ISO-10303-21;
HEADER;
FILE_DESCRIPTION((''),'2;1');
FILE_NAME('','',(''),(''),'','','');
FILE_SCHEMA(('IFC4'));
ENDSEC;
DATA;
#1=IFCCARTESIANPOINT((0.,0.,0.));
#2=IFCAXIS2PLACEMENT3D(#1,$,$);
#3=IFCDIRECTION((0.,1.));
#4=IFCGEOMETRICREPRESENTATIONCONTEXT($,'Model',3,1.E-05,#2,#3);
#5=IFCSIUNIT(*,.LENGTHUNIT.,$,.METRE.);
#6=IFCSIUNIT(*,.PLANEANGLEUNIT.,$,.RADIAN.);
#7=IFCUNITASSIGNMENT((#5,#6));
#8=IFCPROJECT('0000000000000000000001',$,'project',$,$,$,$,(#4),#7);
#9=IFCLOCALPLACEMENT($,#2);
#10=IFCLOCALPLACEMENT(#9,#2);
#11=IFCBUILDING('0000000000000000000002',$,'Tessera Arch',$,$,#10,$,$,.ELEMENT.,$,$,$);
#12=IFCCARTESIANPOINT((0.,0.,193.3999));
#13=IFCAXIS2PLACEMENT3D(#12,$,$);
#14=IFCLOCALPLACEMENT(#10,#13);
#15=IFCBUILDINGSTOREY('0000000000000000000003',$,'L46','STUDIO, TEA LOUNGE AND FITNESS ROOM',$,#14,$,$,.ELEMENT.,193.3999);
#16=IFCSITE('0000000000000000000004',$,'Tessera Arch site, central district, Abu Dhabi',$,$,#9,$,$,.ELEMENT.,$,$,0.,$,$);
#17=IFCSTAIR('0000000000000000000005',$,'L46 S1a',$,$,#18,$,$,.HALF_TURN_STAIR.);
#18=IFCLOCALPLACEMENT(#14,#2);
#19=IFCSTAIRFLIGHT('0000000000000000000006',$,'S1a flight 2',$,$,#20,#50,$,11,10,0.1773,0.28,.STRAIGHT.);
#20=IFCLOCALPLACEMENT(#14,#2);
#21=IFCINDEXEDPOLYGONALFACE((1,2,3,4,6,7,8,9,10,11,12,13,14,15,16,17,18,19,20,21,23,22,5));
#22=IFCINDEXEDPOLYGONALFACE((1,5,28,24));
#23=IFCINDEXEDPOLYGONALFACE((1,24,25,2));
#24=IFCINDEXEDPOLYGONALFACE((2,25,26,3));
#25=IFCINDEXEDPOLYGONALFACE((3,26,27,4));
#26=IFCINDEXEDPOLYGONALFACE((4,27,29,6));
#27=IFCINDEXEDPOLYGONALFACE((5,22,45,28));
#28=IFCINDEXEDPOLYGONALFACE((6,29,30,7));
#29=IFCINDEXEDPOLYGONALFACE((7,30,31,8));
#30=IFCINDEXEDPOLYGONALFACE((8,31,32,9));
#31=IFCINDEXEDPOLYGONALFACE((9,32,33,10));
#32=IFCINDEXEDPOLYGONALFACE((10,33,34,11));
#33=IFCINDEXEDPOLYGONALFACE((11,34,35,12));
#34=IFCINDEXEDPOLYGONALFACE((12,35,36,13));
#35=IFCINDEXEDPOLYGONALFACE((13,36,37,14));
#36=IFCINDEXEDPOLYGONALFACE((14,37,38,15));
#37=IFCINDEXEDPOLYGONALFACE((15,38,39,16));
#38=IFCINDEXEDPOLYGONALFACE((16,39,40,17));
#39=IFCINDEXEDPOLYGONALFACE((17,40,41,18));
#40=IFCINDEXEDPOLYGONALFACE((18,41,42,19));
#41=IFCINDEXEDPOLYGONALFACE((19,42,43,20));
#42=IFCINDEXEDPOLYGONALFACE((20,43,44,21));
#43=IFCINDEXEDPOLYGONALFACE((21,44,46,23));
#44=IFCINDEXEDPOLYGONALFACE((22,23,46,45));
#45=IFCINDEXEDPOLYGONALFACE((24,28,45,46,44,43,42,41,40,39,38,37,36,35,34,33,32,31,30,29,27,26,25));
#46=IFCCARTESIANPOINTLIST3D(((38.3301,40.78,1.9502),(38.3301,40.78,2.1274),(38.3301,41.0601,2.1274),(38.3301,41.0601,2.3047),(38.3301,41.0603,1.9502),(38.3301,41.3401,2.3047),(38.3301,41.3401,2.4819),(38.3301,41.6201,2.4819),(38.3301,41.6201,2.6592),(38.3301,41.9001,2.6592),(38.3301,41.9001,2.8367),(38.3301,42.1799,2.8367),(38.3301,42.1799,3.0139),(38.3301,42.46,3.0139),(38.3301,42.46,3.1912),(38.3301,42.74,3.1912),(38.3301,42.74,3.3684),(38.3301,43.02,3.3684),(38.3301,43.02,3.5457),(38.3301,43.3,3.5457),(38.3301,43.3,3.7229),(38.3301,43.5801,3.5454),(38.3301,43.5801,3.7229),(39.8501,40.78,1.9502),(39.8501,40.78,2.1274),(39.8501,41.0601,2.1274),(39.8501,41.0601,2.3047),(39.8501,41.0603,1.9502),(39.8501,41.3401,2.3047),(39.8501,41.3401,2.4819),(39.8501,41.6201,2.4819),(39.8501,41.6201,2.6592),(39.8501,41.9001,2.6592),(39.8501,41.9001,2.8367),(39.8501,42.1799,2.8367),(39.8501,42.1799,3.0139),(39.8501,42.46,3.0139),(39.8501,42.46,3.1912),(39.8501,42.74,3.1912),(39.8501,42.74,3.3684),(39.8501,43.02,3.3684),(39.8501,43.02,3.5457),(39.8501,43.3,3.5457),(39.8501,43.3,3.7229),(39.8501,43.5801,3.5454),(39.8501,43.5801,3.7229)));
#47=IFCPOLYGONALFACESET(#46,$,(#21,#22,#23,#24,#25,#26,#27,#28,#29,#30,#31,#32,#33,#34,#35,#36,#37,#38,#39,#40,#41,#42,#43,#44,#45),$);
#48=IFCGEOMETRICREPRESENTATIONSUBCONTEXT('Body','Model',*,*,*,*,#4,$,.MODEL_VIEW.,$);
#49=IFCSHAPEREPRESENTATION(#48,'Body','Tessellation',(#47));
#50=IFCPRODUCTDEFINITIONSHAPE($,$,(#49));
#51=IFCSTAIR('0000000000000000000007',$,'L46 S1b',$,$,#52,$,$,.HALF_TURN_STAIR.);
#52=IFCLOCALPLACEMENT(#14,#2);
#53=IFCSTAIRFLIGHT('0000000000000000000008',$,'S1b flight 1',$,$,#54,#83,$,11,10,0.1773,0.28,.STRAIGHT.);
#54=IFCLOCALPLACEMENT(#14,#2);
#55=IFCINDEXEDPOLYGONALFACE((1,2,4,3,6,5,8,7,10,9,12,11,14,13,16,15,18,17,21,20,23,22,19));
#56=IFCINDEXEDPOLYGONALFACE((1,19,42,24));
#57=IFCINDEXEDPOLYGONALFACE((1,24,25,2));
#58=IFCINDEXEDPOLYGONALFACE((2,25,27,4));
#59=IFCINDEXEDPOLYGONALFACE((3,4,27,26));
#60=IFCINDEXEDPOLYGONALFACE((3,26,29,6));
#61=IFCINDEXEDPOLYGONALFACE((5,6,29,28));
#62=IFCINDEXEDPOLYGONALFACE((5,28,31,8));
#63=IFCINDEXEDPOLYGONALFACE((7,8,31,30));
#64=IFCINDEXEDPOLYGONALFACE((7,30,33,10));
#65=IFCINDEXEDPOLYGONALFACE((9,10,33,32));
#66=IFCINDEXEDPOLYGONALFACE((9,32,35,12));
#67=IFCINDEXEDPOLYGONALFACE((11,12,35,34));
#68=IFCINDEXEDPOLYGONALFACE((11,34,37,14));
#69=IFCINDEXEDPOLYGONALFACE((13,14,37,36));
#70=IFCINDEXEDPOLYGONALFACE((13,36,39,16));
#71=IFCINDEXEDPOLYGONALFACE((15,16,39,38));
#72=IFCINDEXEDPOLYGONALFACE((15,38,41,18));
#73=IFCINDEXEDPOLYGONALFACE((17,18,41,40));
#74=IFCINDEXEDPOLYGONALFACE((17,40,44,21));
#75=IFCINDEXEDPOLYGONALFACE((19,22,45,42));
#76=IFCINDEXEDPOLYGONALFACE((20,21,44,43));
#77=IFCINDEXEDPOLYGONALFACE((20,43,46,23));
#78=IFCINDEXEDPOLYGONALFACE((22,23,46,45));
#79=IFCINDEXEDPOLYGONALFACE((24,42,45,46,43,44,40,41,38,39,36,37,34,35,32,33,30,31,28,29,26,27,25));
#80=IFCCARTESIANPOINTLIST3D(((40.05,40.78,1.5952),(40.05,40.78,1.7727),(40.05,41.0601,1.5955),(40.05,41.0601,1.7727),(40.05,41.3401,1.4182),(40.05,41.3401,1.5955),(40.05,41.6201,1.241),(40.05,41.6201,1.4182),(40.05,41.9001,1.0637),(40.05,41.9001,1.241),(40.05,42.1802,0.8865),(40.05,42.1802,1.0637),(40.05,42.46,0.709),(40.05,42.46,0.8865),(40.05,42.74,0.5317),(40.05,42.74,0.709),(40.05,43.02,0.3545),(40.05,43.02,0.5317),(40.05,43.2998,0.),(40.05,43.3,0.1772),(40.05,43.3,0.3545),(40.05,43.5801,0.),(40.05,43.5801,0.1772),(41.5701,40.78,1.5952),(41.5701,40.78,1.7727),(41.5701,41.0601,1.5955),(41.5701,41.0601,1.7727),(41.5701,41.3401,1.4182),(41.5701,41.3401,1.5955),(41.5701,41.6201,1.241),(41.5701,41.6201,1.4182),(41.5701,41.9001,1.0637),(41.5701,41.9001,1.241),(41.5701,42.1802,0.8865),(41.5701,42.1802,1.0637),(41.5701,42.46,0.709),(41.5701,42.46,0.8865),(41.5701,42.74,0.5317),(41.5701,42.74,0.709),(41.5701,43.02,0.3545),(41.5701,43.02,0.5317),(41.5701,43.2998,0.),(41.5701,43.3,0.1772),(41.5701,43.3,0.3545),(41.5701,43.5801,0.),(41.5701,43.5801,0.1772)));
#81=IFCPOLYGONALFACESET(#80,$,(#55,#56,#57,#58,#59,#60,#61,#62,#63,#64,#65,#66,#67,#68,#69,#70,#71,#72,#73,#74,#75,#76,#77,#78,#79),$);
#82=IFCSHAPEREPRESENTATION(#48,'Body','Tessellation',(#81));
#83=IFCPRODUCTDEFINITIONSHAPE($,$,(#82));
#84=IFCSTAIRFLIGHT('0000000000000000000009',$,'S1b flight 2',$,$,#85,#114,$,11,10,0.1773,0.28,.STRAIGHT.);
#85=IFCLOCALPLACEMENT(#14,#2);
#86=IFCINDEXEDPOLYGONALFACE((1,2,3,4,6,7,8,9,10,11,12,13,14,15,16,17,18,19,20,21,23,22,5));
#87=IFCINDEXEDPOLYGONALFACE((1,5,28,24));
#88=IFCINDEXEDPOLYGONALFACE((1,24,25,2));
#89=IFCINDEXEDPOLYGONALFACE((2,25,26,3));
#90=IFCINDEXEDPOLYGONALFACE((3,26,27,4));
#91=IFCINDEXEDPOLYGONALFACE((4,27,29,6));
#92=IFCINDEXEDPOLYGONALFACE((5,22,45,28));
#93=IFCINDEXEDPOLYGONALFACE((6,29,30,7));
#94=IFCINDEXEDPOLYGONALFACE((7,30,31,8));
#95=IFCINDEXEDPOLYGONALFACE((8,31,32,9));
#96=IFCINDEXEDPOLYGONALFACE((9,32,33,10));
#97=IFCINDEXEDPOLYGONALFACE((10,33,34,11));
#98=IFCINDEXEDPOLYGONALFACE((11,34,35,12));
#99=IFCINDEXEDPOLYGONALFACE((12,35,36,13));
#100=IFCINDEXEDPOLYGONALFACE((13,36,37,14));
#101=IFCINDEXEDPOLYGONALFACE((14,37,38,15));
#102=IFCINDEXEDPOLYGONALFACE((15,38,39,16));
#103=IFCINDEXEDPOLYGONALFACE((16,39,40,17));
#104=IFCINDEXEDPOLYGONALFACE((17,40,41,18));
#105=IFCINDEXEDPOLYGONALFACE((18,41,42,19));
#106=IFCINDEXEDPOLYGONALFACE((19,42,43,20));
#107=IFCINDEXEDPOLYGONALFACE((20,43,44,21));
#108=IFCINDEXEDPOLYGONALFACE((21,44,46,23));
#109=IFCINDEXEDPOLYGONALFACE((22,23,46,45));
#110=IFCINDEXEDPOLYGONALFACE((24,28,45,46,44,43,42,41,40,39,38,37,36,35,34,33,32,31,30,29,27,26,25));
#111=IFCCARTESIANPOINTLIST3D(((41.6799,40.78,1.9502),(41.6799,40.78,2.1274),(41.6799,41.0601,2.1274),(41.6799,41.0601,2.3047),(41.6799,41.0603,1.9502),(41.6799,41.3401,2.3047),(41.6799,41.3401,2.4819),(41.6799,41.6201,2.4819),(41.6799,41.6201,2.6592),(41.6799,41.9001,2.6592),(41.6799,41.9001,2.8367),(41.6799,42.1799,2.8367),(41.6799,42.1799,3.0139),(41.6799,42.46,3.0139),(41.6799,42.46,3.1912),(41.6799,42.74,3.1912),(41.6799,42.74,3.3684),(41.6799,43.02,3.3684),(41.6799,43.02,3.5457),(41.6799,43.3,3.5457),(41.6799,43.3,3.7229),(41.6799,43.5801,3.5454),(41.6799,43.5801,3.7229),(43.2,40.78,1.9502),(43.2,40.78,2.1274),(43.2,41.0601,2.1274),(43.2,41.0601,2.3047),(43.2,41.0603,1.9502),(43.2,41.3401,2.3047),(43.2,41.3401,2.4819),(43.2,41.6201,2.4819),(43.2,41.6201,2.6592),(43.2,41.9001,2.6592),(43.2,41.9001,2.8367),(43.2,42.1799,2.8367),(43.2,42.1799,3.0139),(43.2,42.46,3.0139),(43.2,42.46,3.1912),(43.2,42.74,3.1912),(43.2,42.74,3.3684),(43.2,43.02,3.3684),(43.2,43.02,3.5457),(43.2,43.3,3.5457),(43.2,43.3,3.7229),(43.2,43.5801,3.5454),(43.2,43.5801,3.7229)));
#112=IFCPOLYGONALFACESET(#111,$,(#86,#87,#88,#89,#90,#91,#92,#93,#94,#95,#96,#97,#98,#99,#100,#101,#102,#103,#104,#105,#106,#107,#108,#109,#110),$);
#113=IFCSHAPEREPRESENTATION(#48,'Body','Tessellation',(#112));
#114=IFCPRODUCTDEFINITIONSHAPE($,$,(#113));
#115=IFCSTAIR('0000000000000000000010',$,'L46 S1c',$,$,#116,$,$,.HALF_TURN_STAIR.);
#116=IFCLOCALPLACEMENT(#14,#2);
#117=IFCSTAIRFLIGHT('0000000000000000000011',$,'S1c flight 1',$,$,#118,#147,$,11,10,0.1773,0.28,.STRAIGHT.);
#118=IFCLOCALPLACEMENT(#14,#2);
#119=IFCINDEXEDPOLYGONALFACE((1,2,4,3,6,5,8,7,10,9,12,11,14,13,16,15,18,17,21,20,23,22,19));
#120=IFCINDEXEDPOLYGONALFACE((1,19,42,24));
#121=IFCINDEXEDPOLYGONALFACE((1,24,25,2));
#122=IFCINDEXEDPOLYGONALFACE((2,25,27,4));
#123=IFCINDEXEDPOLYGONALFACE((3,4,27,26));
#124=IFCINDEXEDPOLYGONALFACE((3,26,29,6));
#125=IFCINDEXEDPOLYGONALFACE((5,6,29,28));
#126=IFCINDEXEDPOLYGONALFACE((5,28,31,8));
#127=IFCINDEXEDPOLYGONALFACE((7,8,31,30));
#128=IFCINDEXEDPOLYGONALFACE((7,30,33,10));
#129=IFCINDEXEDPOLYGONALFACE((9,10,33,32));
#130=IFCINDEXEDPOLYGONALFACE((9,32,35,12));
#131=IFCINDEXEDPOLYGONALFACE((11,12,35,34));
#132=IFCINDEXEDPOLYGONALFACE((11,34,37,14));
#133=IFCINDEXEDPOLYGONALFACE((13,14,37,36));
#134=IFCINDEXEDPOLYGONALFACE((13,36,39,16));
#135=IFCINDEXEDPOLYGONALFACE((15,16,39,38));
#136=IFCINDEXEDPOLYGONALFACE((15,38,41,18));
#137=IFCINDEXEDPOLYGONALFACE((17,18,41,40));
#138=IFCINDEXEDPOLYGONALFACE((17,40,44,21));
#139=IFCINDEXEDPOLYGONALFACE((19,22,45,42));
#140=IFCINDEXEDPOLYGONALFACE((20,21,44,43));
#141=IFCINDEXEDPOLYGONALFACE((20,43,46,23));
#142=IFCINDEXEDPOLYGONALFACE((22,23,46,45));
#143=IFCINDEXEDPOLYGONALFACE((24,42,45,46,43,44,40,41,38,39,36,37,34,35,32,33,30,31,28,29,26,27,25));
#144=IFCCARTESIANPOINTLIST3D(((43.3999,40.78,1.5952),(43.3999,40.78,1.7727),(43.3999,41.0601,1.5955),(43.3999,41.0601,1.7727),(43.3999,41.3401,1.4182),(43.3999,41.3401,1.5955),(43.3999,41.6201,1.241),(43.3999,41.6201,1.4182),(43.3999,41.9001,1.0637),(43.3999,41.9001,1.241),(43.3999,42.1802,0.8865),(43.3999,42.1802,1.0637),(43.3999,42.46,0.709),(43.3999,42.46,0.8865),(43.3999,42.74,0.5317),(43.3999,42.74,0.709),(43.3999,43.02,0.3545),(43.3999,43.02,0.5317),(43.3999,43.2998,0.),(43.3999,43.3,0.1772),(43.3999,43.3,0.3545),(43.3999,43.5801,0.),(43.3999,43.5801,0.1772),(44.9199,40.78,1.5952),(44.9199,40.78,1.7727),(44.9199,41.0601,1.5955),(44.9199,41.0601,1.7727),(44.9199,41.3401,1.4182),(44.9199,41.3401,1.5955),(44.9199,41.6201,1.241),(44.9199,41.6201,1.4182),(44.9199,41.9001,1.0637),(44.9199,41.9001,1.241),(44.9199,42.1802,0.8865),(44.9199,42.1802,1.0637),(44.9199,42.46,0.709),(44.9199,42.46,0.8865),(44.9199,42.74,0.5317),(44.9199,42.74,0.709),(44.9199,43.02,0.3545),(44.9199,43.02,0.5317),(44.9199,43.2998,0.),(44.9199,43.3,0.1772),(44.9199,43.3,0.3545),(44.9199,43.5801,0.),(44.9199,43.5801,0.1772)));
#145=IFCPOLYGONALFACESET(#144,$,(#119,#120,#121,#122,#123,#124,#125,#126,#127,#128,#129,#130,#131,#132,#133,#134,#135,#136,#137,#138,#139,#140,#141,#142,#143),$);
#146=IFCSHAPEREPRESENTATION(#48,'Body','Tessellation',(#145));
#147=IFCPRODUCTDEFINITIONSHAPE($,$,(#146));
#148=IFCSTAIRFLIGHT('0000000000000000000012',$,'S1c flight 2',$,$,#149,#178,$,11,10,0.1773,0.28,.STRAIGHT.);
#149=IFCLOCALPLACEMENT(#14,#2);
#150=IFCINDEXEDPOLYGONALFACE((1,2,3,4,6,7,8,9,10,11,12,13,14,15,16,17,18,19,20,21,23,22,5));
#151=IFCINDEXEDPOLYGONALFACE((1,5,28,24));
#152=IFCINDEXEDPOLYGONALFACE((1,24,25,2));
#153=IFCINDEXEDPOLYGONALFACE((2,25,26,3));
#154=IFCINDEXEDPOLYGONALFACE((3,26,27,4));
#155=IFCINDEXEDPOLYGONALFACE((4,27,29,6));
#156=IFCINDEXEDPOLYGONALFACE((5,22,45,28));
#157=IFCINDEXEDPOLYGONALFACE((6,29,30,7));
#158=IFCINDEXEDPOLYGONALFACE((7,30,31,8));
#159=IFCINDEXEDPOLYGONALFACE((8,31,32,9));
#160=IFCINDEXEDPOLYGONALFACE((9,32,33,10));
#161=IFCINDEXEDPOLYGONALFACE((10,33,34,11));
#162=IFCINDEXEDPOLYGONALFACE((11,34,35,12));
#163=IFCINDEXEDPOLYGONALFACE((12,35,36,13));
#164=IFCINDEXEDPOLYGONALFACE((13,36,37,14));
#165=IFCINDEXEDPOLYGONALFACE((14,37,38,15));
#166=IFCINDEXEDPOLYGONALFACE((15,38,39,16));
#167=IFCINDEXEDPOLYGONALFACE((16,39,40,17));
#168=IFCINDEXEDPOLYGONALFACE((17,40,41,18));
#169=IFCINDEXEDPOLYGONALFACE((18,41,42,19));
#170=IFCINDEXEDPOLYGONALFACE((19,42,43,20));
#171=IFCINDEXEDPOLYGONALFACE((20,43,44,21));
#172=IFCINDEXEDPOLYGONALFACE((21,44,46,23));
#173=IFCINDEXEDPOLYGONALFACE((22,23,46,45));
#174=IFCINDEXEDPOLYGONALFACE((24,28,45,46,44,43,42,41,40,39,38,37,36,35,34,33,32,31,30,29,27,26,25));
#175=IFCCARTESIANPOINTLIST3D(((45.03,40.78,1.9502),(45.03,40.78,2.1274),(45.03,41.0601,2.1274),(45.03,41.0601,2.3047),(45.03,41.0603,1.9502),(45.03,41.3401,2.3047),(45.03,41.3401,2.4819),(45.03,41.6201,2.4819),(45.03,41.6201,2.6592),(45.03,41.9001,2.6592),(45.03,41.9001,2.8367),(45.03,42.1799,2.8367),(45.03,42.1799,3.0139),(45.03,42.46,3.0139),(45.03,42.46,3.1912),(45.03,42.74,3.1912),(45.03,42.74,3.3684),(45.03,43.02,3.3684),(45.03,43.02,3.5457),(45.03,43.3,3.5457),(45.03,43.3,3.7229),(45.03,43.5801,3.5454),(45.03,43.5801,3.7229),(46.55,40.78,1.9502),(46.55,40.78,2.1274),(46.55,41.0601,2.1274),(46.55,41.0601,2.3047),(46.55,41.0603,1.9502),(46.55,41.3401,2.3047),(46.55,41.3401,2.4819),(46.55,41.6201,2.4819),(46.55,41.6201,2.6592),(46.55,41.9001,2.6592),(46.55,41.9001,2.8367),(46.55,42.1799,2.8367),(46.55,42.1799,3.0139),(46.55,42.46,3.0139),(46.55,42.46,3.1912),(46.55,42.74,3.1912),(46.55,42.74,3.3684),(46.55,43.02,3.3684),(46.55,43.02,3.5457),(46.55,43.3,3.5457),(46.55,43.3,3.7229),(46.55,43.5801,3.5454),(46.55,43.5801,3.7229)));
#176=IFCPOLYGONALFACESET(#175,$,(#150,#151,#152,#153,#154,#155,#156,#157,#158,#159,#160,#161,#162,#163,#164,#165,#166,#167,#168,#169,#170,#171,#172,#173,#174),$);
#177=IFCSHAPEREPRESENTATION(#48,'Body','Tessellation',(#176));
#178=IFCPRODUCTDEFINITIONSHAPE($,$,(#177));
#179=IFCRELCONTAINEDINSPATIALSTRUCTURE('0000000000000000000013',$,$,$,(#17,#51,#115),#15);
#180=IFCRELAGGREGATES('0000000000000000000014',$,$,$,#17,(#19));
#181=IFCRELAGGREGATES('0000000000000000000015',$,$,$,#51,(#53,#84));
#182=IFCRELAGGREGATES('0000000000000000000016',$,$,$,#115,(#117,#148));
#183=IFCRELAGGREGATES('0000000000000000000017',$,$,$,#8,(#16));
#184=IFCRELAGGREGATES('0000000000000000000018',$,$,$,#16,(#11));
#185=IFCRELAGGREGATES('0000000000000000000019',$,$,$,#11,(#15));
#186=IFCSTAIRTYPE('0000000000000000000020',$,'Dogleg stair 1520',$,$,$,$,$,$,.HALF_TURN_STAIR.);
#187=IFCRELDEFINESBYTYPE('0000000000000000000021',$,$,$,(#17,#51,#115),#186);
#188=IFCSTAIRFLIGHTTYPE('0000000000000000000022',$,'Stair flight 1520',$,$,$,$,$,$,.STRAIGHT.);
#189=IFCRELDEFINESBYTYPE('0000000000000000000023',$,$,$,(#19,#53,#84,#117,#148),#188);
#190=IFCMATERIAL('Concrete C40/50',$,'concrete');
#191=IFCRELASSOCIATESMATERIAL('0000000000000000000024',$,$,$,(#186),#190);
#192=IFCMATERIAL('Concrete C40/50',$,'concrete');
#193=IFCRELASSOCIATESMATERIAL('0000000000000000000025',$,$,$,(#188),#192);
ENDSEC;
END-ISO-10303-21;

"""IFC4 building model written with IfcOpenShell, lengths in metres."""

from ifc_helpers import new_model, si_unit, direction, frame, origin, place, context, subcontext, project, spatial, polyline, outline, extrude, material, type_object, element, aggregate, save


model = new_model("IFC4")

# Units and contexts
model_context = context("Model", 3, precision=1e-05, world=origin(), true_north=direction((0.0, 1.0)))
body_context = subcontext(model_context, "Body", "Model", "MODEL_VIEW")
ifc_project = project(units=[si_unit("LENGTHUNIT", "METRE"), si_unit("PLANEANGLEUNIT", "RADIAN")], contexts=[model_context])

# Site, building, storey
site_placement = place(None, origin())
site = spatial("IfcSite", under=ifc_project, at=site_placement, Name="Tessera Arch site, central district, Abu Dhabi", CompositionType="ELEMENT", RefElevation=0.0)
building_placement = place(site_placement, origin())
building = spatial("IfcBuilding", under=site, at=building_placement, Name="Tessera Arch", CompositionType="ELEMENT")
storey_placement = place(building_placement, frame((0.0, 0.0, 193.3999)))
storey = spatial("IfcBuildingStorey", under=building, at=storey_placement, Name="L46", Description="STUDIO, TEA LOUNGE AND FITNESS ROOM", CompositionType="ELEMENT", Elevation=193.3999)

# Stair, stair flight
ifc_material_1 = material(Name="Concrete C40/50", Category="concrete")
stair_type = type_object("IfcStairType", Name="Dogleg stair 1520", PredefinedType="HALF_TURN_STAIR", material=ifc_material_1)
stair_1_placement = place(storey_placement, origin())
stair_1 = element("IfcStair", 1, at=stair_1_placement, inside=storey, type_object=stair_type, Name="L46 S1a", PredefinedType="HALF_TURN_STAIR")
ifc_material_2 = material(Name="Concrete C40/50", Category="concrete")
stair_flight_type = type_object("IfcStairFlightType", Name="Stair flight 1520", PredefinedType="STRAIGHT", material=ifc_material_2)
stair_flight_1_placement = place(storey_placement, frame((39.0901, 40.78, 1.9502), z_axis=(0.0, 0.0, 1.0), x_axis=(0.0, 1.0, 0.0)))
stair_flight_1 = element("IfcStairFlight", 2, at=stair_flight_1_placement, type_object=stair_flight_type, Name="S1a flight 2", NumberOfRisers=11, NumberOfTreads=10, PredefinedType="STRAIGHT", RiserHeight=0.1773, TreadLength=0.28, context=body_context, shape_type="SweptSolid", body=[
    extrude(outline(polyline([(0.0, 0.0), (0.0, 0.1772), (0.28, 0.1772), (0.28, 0.3545), (0.5601, 0.3545), (0.5601, 0.5317), (0.8401, 0.5317), (0.8401, 0.709), (1.1201, 0.709), (1.1201, 0.8865), (1.3999, 0.8865), (1.3999, 1.0637), (1.6799, 1.0637), (1.6799, 1.241), (1.96, 1.241), (1.96, 1.4182), (2.24, 1.4182), (2.24, 1.5955), (2.52, 1.5955), (2.52, 1.7727), (2.8, 1.7727), (2.8, 1.95), (2.8, 1.5952), (0.2803, 0.0), (0.0, 0.0)])), frame((0.0, 0.76, 0.0), z_axis=(0.0, -1.0, 0.0), x_axis=(1.0, 0.0, 0.0)), (0.0, 0.0, 1.0), 1.52),
])
aggregate(stair_1, [stair_flight_1])

# Stairs, stair flights
stair_2_placement = place(storey_placement, origin())
stair_2 = element("IfcStair", 3, at=stair_2_placement, inside=storey, type_object=stair_type, Name="L46 S1b", PredefinedType="HALF_TURN_STAIR")
stair_flight_2_placement = place(storey_placement, frame((40.8101, 43.5801, 0.0), z_axis=(0.0, 0.0, 1.0), x_axis=(0.0, -1.0, 0.0)))
stair_flight_2 = element("IfcStairFlight", 4, at=stair_flight_2_placement, type_object=stair_flight_type, Name="S1b flight 1", NumberOfRisers=11, NumberOfTreads=10, PredefinedType="STRAIGHT", RiserHeight=0.1773, TreadLength=0.28, context=body_context, shape_type="SweptSolid", body=[
    extrude(outline(polyline([(0.0, 0.0), (0.0, 0.1772), (0.28, 0.1772), (0.28, 0.3545), (0.5601, 0.3545), (0.5601, 0.5317), (0.8401, 0.5317), (0.8401, 0.709), (1.1201, 0.709), (1.1201, 0.8865), (1.3999, 0.8865), (1.3999, 1.0637), (1.6799, 1.0637), (1.6799, 1.241), (1.96, 1.241), (1.96, 1.4182), (2.24, 1.4182), (2.24, 1.5955), (2.52, 1.5955), (2.52, 1.7727), (2.8, 1.7727), (2.8, 1.95), (2.8, 1.5952), (0.2803, 0.0), (0.0, 0.0)])), frame((0.0, 0.76, 0.0), z_axis=(0.0, -1.0, 0.0), x_axis=(1.0, 0.0, 0.0)), (0.0, 0.0, 1.0), 1.52),
])
stair_flight_3_placement = place(storey_placement, frame((42.4399, 40.78, 1.9502), z_axis=(0.0, 0.0, 1.0), x_axis=(0.0, 1.0, 0.0)))
stair_flight_3 = element("IfcStairFlight", 5, at=stair_flight_3_placement, type_object=stair_flight_type, Name="S1b flight 2", NumberOfRisers=11, NumberOfTreads=10, PredefinedType="STRAIGHT", RiserHeight=0.1773, TreadLength=0.28, context=body_context, shape_type="SweptSolid", body=[
    extrude(outline(polyline([(0.0, 0.0), (0.0, 0.1772), (0.28, 0.1772), (0.28, 0.3545), (0.5601, 0.3545), (0.5601, 0.5317), (0.8401, 0.5317), (0.8401, 0.709), (1.1201, 0.709), (1.1201, 0.8865), (1.3999, 0.8865), (1.3999, 1.0637), (1.6799, 1.0637), (1.6799, 1.241), (1.96, 1.241), (1.96, 1.4182), (2.24, 1.4182), (2.24, 1.5955), (2.52, 1.5955), (2.52, 1.7727), (2.8, 1.7727), (2.8, 1.95), (2.8, 1.5952), (0.2803, 0.0), (0.0, 0.0)])), frame((0.0, 0.76, 0.0), z_axis=(0.0, -1.0, 0.0), x_axis=(1.0, 0.0, 0.0)), (0.0, 0.0, 1.0), 1.52),
])
aggregate(stair_2, [stair_flight_2, stair_flight_3])
stair_3_placement = place(storey_placement, origin())
stair_3 = element("IfcStair", 6, at=stair_3_placement, inside=storey, type_object=stair_type, Name="L46 S1c", PredefinedType="HALF_TURN_STAIR")
stair_flight_4_placement = place(storey_placement, frame((44.1599, 43.5801, 0.0), z_axis=(0.0, 0.0, 1.0), x_axis=(0.0, -1.0, 0.0)))
stair_flight_4 = element("IfcStairFlight", 7, at=stair_flight_4_placement, type_object=stair_flight_type, Name="S1c flight 1", NumberOfRisers=11, NumberOfTreads=10, PredefinedType="STRAIGHT", RiserHeight=0.1773, TreadLength=0.28, context=body_context, shape_type="SweptSolid", body=[
    extrude(outline(polyline([(0.0, 0.0), (0.0, 0.1772), (0.28, 0.1772), (0.28, 0.3545), (0.5601, 0.3545), (0.5601, 0.5317), (0.8401, 0.5317), (0.8401, 0.709), (1.1201, 0.709), (1.1201, 0.8865), (1.3999, 0.8865), (1.3999, 1.0637), (1.6799, 1.0637), (1.6799, 1.241), (1.96, 1.241), (1.96, 1.4182), (2.24, 1.4182), (2.24, 1.5955), (2.52, 1.5955), (2.52, 1.7727), (2.8, 1.7727), (2.8, 1.95), (2.8, 1.5952), (0.2803, 0.0), (0.0, 0.0)])), frame((0.0, 0.76, 0.0), z_axis=(0.0, -1.0, 0.0), x_axis=(1.0, 0.0, 0.0)), (0.0, 0.0, 1.0), 1.52),
])
stair_flight_5_placement = place(storey_placement, frame((45.79, 40.78, 1.9502), z_axis=(0.0, 0.0, 1.0), x_axis=(0.0, 1.0, 0.0)))
stair_flight_5 = element("IfcStairFlight", 8, at=stair_flight_5_placement, type_object=stair_flight_type, Name="S1c flight 2", NumberOfRisers=11, NumberOfTreads=10, PredefinedType="STRAIGHT", RiserHeight=0.1773, TreadLength=0.28, context=body_context, shape_type="SweptSolid", body=[
    extrude(outline(polyline([(0.0, 0.0), (0.0, 0.1772), (0.28, 0.1772), (0.28, 0.3545), (0.5601, 0.3545), (0.5601, 0.5317), (0.8401, 0.5317), (0.8401, 0.709), (1.1201, 0.709), (1.1201, 0.8865), (1.3999, 0.8865), (1.3999, 1.0637), (1.6799, 1.0637), (1.6799, 1.241), (1.96, 1.241), (1.96, 1.4182), (2.24, 1.4182), (2.24, 1.5955), (2.52, 1.5955), (2.52, 1.7727), (2.8, 1.7727), (2.8, 1.95), (2.8, 1.5952), (0.2803, 0.0), (0.0, 0.0)])), frame((0.0, 0.76, 0.0), z_axis=(0.0, -1.0, 0.0), x_axis=(1.0, 0.0, 0.0)), (0.0, 0.0, 1.0), 1.52),
])
aggregate(stair_3, [stair_flight_4, stair_flight_5])

save(model, "model.ifc")
